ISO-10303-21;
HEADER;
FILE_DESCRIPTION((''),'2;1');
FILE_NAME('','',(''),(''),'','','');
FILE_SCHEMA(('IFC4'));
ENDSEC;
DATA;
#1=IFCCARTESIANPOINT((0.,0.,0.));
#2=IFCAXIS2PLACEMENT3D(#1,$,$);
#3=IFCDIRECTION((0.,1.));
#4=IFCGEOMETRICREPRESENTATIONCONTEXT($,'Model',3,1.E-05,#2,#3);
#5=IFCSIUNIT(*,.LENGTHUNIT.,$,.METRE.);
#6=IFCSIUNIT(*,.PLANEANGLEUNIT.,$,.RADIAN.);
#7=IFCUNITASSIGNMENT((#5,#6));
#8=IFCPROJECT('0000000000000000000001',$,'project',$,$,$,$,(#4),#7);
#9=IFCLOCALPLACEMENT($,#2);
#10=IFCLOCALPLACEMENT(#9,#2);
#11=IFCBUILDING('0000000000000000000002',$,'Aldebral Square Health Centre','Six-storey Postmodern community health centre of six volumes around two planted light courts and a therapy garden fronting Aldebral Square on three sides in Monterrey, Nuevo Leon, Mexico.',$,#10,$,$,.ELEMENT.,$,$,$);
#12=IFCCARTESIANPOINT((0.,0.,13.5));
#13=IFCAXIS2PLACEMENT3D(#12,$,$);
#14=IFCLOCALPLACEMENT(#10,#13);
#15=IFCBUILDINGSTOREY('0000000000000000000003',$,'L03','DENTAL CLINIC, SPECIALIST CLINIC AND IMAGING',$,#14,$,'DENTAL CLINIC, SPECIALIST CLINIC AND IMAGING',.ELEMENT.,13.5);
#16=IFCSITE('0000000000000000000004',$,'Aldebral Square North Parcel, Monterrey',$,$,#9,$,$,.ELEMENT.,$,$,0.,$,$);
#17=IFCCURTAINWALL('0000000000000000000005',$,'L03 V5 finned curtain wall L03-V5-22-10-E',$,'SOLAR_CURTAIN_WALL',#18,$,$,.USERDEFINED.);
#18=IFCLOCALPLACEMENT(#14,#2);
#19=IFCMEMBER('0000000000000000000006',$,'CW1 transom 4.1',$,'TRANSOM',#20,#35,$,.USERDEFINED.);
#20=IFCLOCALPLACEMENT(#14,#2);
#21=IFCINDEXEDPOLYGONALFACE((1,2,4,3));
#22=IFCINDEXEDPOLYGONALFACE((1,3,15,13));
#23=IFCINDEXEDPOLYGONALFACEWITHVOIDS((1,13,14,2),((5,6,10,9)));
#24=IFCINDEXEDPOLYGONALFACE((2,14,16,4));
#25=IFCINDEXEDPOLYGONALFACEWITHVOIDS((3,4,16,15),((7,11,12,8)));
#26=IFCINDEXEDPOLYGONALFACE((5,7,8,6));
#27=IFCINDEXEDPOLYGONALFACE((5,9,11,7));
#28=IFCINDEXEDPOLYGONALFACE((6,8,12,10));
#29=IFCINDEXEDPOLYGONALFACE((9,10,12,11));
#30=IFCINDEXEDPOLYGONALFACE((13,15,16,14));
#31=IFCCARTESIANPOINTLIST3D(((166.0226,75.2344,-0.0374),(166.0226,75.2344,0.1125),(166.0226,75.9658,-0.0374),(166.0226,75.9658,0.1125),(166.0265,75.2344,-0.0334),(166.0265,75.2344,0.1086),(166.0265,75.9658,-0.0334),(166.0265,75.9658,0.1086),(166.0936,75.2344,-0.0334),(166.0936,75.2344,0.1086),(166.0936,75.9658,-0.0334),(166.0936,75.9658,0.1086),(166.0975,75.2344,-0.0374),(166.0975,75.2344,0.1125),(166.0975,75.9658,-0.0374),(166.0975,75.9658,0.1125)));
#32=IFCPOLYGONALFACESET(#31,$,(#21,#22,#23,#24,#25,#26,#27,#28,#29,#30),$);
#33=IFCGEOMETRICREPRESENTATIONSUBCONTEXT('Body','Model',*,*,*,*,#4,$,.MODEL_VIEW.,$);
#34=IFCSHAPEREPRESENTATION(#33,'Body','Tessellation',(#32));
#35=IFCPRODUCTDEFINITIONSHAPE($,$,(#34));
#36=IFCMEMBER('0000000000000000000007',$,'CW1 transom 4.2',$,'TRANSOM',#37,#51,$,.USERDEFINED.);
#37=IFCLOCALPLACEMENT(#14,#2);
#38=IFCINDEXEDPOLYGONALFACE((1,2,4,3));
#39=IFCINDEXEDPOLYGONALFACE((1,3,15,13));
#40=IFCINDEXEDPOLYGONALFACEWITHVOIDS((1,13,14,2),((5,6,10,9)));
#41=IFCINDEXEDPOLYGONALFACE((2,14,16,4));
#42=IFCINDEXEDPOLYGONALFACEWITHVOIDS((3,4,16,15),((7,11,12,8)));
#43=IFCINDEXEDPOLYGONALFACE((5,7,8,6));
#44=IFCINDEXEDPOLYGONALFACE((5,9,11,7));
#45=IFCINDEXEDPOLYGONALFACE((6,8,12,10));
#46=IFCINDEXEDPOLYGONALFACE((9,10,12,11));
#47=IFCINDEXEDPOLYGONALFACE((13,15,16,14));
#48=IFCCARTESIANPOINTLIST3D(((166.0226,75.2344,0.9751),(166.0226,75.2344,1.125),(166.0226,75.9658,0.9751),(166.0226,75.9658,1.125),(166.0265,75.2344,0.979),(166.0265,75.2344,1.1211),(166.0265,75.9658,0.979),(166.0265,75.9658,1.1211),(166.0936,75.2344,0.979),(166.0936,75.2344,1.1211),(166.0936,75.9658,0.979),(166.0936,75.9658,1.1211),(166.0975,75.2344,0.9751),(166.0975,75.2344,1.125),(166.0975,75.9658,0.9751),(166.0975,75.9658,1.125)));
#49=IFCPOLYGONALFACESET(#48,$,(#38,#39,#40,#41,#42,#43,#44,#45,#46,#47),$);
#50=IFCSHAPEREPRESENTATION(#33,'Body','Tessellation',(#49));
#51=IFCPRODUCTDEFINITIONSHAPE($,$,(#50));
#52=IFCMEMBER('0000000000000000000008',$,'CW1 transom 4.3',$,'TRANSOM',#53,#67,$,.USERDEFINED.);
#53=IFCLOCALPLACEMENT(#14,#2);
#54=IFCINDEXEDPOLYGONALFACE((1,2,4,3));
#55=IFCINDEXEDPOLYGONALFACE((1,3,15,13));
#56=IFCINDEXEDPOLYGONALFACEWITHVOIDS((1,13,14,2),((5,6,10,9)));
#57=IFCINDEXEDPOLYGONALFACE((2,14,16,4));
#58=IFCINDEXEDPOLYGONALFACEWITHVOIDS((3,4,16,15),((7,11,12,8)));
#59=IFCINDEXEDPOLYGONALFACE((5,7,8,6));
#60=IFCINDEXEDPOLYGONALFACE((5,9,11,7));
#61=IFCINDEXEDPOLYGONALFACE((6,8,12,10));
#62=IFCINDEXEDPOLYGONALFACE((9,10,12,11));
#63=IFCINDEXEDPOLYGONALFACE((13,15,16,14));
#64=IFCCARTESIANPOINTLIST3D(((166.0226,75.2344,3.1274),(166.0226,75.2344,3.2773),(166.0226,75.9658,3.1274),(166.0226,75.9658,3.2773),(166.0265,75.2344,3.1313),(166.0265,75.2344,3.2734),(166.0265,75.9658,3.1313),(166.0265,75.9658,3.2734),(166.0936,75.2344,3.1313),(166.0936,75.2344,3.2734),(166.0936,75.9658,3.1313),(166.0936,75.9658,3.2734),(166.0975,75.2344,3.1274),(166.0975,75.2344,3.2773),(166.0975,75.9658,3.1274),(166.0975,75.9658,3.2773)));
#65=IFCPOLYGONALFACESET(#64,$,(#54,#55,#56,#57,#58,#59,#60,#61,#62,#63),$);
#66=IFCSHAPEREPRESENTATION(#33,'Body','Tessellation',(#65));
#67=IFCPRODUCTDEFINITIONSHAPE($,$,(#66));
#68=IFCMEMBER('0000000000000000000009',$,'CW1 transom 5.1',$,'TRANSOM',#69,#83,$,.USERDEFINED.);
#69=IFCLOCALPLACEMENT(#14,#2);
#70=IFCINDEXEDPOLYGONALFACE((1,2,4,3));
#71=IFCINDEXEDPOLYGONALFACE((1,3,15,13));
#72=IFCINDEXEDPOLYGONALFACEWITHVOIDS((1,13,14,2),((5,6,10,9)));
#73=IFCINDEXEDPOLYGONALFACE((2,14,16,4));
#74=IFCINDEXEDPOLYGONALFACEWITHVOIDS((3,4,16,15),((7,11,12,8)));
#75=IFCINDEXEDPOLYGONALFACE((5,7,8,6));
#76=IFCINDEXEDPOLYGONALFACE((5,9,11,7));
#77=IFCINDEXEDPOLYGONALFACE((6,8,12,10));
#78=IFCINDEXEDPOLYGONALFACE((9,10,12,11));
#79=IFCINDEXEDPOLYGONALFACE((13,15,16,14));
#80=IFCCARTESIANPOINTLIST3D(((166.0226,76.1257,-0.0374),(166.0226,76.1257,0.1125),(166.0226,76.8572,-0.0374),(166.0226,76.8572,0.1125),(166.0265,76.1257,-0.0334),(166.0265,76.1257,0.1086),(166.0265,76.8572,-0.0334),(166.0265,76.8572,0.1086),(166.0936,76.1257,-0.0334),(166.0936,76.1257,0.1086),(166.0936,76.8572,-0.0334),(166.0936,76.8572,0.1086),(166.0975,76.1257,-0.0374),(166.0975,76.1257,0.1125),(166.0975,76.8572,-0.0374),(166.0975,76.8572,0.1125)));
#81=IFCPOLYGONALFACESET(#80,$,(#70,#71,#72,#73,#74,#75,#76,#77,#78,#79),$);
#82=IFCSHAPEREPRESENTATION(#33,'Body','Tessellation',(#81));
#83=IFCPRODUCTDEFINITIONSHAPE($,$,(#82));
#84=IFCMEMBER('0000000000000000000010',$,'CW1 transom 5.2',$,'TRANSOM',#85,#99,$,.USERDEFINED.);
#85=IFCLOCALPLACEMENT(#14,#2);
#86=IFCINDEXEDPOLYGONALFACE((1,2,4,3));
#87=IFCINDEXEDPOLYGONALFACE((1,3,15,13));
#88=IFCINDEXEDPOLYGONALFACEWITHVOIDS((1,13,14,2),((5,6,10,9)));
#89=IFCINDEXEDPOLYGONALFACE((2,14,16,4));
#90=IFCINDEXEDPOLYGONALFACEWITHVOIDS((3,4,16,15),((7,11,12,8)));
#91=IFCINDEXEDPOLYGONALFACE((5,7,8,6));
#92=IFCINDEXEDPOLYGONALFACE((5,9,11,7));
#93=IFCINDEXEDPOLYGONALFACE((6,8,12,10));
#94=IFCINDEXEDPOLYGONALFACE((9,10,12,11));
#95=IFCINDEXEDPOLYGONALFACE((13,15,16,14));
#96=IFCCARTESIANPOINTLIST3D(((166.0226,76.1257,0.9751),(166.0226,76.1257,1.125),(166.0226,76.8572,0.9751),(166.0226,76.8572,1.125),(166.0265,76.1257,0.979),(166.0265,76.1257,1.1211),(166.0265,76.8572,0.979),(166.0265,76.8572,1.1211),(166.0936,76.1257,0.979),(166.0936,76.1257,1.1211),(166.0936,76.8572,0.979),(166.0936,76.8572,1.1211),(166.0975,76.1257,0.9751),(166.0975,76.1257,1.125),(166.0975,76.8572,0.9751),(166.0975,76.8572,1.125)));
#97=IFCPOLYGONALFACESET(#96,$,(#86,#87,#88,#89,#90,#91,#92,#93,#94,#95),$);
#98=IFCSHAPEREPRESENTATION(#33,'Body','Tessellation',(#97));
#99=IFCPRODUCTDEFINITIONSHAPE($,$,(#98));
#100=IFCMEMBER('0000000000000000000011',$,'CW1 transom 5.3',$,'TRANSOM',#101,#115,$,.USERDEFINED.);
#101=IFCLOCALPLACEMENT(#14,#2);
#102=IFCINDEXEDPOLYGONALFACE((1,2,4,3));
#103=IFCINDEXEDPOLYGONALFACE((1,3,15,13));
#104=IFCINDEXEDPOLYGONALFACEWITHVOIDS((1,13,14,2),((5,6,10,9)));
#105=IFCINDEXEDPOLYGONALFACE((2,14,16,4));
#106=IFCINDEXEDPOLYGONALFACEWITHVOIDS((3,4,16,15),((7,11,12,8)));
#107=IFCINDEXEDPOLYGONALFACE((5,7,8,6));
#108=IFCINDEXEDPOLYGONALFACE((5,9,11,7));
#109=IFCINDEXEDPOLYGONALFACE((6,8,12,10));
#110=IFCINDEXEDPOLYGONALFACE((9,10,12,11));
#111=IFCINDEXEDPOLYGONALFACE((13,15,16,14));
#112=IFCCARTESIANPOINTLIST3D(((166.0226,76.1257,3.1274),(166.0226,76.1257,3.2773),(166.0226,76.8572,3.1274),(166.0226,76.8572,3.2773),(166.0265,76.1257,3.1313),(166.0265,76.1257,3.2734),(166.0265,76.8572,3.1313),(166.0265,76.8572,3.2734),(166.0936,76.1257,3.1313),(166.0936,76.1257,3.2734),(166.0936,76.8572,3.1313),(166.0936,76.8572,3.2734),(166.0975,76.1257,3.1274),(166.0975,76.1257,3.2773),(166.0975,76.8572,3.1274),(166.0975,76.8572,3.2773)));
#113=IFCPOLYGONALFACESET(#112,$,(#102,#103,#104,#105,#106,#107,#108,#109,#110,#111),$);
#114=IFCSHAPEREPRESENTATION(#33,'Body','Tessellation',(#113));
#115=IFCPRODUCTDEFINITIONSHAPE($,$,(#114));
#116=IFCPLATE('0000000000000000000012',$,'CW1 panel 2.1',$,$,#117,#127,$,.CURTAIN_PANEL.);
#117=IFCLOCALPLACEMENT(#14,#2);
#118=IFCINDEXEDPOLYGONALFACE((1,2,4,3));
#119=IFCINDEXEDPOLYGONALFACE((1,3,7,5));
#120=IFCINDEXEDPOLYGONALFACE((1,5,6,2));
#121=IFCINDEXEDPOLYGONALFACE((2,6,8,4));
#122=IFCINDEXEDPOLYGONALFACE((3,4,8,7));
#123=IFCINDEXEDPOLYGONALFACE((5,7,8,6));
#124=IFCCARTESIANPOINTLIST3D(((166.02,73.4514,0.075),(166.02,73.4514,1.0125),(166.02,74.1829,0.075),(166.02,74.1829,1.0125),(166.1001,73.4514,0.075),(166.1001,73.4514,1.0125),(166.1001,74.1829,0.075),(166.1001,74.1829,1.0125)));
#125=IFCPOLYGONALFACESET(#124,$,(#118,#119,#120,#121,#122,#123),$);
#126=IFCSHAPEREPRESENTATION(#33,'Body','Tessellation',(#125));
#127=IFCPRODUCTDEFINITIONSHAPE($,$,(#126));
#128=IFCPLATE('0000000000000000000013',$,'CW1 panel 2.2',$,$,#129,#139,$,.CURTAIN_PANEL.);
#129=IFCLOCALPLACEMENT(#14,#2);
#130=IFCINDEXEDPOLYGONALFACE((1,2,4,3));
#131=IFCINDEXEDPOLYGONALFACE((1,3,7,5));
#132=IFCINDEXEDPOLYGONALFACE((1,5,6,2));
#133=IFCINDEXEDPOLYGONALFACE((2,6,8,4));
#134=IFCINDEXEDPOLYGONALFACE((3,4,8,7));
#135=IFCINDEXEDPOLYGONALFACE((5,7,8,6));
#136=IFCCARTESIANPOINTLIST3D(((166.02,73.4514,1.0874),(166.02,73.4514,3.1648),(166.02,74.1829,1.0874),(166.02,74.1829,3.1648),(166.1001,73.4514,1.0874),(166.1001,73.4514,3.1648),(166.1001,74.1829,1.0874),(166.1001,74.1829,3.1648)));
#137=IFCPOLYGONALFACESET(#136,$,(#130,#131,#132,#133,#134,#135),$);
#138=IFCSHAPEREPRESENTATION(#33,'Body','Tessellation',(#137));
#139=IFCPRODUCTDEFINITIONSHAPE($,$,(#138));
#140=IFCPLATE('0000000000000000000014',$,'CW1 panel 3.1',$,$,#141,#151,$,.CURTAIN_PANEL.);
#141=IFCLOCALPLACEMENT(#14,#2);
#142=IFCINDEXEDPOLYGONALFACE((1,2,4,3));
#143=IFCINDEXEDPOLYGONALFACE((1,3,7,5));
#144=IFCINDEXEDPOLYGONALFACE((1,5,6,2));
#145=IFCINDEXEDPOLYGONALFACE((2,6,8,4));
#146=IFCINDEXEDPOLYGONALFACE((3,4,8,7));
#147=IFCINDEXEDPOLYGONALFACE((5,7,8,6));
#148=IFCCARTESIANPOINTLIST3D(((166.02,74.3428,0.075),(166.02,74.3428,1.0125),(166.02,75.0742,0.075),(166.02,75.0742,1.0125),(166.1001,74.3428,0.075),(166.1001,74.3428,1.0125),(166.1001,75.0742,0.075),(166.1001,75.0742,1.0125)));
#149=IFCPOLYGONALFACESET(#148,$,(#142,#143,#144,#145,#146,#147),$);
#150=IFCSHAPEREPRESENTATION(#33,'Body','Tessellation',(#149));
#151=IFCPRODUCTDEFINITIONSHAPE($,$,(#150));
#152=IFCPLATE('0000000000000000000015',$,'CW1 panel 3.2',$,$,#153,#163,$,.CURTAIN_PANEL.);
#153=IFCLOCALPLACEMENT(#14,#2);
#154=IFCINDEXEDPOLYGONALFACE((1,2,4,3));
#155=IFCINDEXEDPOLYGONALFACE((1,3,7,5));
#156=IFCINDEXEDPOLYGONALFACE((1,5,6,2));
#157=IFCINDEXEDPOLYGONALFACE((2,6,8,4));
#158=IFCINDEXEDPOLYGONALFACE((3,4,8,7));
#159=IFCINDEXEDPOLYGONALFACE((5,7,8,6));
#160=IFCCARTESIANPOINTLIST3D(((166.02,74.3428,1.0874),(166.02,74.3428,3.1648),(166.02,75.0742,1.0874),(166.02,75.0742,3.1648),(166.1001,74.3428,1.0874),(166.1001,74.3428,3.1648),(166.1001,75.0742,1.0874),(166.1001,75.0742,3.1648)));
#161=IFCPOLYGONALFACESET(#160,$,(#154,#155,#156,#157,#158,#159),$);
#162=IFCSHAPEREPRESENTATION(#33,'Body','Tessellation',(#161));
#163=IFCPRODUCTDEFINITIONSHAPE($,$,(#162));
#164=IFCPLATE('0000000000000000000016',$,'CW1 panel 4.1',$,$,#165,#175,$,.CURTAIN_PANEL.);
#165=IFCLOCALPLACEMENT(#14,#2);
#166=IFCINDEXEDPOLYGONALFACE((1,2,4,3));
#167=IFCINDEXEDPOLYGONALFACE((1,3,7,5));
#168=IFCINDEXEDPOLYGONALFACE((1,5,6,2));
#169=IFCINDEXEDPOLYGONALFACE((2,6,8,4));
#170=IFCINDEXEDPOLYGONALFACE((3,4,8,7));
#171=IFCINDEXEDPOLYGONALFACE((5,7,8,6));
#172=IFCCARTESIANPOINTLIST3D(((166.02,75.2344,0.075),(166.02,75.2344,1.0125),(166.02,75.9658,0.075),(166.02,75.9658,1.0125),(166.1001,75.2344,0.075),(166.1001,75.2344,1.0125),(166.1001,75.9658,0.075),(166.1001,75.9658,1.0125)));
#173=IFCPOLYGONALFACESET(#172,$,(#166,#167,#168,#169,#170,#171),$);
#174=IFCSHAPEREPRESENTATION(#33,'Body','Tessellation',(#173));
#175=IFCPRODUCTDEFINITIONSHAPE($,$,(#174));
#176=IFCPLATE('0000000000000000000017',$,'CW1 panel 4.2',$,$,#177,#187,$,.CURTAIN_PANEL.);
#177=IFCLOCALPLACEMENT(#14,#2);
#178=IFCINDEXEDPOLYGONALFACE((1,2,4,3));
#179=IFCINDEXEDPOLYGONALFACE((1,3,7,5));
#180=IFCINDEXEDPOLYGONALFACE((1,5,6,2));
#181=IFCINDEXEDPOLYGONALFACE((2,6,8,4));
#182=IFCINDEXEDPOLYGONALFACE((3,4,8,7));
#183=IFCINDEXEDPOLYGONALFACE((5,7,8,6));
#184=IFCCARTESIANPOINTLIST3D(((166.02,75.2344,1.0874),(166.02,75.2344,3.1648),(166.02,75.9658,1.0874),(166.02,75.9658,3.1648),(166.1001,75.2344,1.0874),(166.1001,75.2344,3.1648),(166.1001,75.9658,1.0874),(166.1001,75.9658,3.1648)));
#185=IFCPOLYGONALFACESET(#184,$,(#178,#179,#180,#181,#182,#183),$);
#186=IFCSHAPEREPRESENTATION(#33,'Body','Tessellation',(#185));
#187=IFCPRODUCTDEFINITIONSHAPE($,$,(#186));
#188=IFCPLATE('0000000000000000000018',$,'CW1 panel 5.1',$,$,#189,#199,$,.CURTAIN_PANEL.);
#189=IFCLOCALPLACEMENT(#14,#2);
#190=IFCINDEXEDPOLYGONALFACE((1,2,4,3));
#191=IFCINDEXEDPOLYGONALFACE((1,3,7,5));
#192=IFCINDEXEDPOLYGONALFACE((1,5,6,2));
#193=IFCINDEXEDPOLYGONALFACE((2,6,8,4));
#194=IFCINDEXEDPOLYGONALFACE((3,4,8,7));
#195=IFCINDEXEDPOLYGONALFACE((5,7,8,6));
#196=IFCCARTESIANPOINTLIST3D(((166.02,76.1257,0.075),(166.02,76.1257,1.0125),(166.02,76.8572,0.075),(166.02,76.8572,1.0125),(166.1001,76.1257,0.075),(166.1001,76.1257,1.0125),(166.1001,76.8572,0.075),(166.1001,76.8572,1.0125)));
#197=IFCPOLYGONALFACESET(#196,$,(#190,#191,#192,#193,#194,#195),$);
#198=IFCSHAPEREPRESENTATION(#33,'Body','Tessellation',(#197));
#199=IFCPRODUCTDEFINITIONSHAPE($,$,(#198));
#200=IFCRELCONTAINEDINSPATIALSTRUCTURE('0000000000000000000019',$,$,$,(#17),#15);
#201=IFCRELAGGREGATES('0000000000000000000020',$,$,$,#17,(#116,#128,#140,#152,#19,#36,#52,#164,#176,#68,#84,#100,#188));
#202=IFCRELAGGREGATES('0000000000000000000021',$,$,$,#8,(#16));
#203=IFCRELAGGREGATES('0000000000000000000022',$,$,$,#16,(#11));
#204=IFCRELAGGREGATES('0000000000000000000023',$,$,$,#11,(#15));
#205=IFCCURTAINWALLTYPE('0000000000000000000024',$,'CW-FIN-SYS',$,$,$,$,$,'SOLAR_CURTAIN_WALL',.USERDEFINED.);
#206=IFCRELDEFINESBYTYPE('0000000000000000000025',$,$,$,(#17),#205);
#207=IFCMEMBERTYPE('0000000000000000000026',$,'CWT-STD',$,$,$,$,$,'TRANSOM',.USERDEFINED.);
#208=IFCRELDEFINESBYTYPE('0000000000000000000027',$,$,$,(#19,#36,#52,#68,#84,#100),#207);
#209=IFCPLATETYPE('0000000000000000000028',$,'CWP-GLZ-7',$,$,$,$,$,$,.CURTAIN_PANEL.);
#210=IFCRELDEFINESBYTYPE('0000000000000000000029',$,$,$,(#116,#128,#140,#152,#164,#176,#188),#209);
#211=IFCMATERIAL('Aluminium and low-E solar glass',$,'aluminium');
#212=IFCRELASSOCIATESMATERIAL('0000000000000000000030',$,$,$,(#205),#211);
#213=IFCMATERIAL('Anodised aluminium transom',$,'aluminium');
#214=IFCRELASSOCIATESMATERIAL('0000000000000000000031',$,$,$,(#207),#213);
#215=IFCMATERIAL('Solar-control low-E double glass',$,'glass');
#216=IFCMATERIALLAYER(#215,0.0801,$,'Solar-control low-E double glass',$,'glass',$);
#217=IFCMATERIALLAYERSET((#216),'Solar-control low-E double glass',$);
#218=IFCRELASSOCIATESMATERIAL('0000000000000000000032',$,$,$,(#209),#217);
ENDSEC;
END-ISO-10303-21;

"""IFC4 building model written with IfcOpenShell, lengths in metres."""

from ifc_helpers import new_model, si_unit, direction, frame, origin, origin_2d, place, context, subcontext, project, spatial, rectangle, hollow_rectangle, extrude, material, layer, layer_set, material_profile, profile_set, type_object, element, aggregate, save


model = new_model("IFC4")

# Units and contexts
model_context = context("Model", 3, precision=1e-05, world=origin(), true_north=direction((0.0, 1.0)))
body_context = subcontext(model_context, "Body", "Model", "MODEL_VIEW")
ifc_project = project(units=[si_unit("LENGTHUNIT", "METRE"), si_unit("PLANEANGLEUNIT", "RADIAN")], contexts=[model_context])

# Site, building, storey
site_placement = place(None, origin())
site = spatial("IfcSite", under=ifc_project, at=site_placement, Name="Aldebral Square North Parcel, Monterrey", CompositionType="ELEMENT", RefElevation=0.0)
building_placement = place(site_placement, origin())
building = spatial("IfcBuilding", under=site, at=building_placement, Name="Aldebral Square Health Centre", Description="Six-storey Postmodern community health centre of six volumes around two planted light courts and a therapy garden fronting Aldebral Square on three sides in Monterrey, Nuevo Leon, Mexico.", CompositionType="ELEMENT")
storey_placement = place(building_placement, frame((0.0, 0.0, 13.5)))
storey = spatial("IfcBuildingStorey", under=building, at=storey_placement, Name="L03", Description="DENTAL CLINIC, SPECIALIST CLINIC AND IMAGING", LongName="DENTAL CLINIC, SPECIALIST CLINIC AND IMAGING", CompositionType="ELEMENT", Elevation=13.5)

# Curtain wall, members, plates
ifc_material_1 = material(Name="Aluminium and low-E solar glass", Category="aluminium")
curtain_wall_type = type_object("IfcCurtainWallType", Name="CW-FIN-SYS", ElementType="SOLAR_CURTAIN_WALL", PredefinedType="USERDEFINED", material=ifc_material_1)
curtain_wall_placement = place(storey_placement, origin())
curtain_wall = element("IfcCurtainWall", 1, at=curtain_wall_placement, inside=storey, type_object=curtain_wall_type, Name="L03 V5 finned curtain wall L03-V5-22-10-E", ObjectType="SOLAR_CURTAIN_WALL", PredefinedType="USERDEFINED")
ifc_material_2 = material(Name="Anodised aluminium transom", Category="aluminium")
ifc_material_profile_1 = material_profile(ifc_material_2, hollow_rectangle(XDim=0.075, YDim=0.1499, WallThickness=0.0039, at=origin_2d()), Name="CWT 75x150x4")
ifc_profile_set_1 = profile_set([ifc_material_profile_1], Name="Anodised aluminium transom")
member_type_1 = type_object("IfcMemberType", Name="CWT-STD", ElementType="TRANSOM", PredefinedType="USERDEFINED", material=ifc_profile_set_1)
member_1_placement = place(storey_placement, frame((166.0601, 75.2344, 0.0376), z_axis=(0.0, 1.0, 0.0), x_axis=(-1.0, 0.0, 0.0)))
member_1 = element("IfcMember", 2, at=member_1_placement, type_object=member_type_1, Name="CW1 transom 4.1", ObjectType="TRANSOM", PredefinedType="USERDEFINED", context=body_context, shape_type="SweptSolid", body=[
    extrude(hollow_rectangle(XDim=0.075, YDim=0.1499, WallThickness=0.0039, at=origin_2d()), origin(), (0.0, 0.0, 1.0), 0.7314),
])
member_2_placement = place(storey_placement, frame((166.0601, 75.2344, 1.05), z_axis=(0.0, 1.0, 0.0), x_axis=(-1.0, 0.0, 0.0)))
member_2 = element("IfcMember", 3, at=member_2_placement, type_object=member_type_1, Name="CW1 transom 4.2", ObjectType="TRANSOM", PredefinedType="USERDEFINED", context=body_context, shape_type="SweptSolid", body=[
    extrude(hollow_rectangle(XDim=0.075, YDim=0.1499, WallThickness=0.0039, at=origin_2d()), origin(), (0.0, 0.0, 1.0), 0.7314),
])
member_3_placement = place(storey_placement, frame((166.0601, 75.2344, 3.2024), z_axis=(0.0, 1.0, 0.0), x_axis=(-1.0, 0.0, 0.0)))
member_3 = element("IfcMember", 4, at=member_3_placement, type_object=member_type_1, Name="CW1 transom 4.3", ObjectType="TRANSOM", PredefinedType="USERDEFINED", context=body_context, shape_type="SweptSolid", body=[
    extrude(hollow_rectangle(XDim=0.075, YDim=0.1499, WallThickness=0.0039, at=origin_2d()), origin(), (0.0, 0.0, 1.0), 0.7314),
])
member_4_placement = place(storey_placement, frame((166.0601, 76.1257, 0.0376), z_axis=(0.0, 1.0, 0.0), x_axis=(-1.0, 0.0, 0.0)))
member_4 = element("IfcMember", 5, at=member_4_placement, type_object=member_type_1, Name="CW1 transom 5.1", ObjectType="TRANSOM", PredefinedType="USERDEFINED", context=body_context, shape_type="SweptSolid", body=[
    extrude(hollow_rectangle(XDim=0.075, YDim=0.1499, WallThickness=0.0039, at=origin_2d()), origin(), (0.0, 0.0, 1.0), 0.7314),
])
member_5_placement = place(storey_placement, frame((166.0601, 76.1257, 1.05), z_axis=(0.0, 1.0, 0.0), x_axis=(-1.0, 0.0, 0.0)))
member_5 = element("IfcMember", 6, at=member_5_placement, type_object=member_type_1, Name="CW1 transom 5.2", ObjectType="TRANSOM", PredefinedType="USERDEFINED", context=body_context, shape_type="SweptSolid", body=[
    extrude(hollow_rectangle(XDim=0.075, YDim=0.1499, WallThickness=0.0039, at=origin_2d()), origin(), (0.0, 0.0, 1.0), 0.7314),
])
member_6_placement = place(storey_placement, frame((166.0601, 76.1257, 3.2024), z_axis=(0.0, 1.0, 0.0), x_axis=(-1.0, 0.0, 0.0)))
member_6 = element("IfcMember", 7, at=member_6_placement, type_object=member_type_1, Name="CW1 transom 5.3", ObjectType="TRANSOM", PredefinedType="USERDEFINED", context=body_context, shape_type="SweptSolid", body=[
    extrude(hollow_rectangle(XDim=0.075, YDim=0.1499, WallThickness=0.0039, at=origin_2d()), origin(), (0.0, 0.0, 1.0), 0.7314),
])
ifc_material_3 = material(Name="Solar-control low-E double glass", Category="glass")
ifc_layer = layer(ifc_material_3, 0.0801, Name="Solar-control low-E double glass", Category="glass")
ifc_layer_set = layer_set([ifc_layer], Name="Solar-control low-E double glass")
plate_type = type_object("IfcPlateType", Name="CWP-GLZ-7", PredefinedType="CURTAIN_PANEL", material=ifc_layer_set)
plate_1_placement = place(storey_placement, frame((166.0601, 73.8171, 0.075), z_axis=(0.0, 0.0, 1.0), x_axis=(0.0, 1.0, 0.0)))
plate_1 = element("IfcPlate", 8, at=plate_1_placement, type_object=plate_type, Name="CW1 panel 2.1", PredefinedType="CURTAIN_PANEL", context=body_context, shape_type="SweptSolid", body=[
    extrude(rectangle(XDim=0.7314, YDim=0.0801, at=origin_2d()), origin(), (0.0, 0.0, 1.0), 0.9375),
])
plate_2_placement = place(storey_placement, frame((166.0601, 73.8171, 1.0874), z_axis=(0.0, 0.0, 1.0), x_axis=(0.0, 1.0, 0.0)))
plate_2 = element("IfcPlate", 9, at=plate_2_placement, type_object=plate_type, Name="CW1 panel 2.2", PredefinedType="CURTAIN_PANEL", context=body_context, shape_type="SweptSolid", body=[
    extrude(rectangle(XDim=0.7314, YDim=0.0801, at=origin_2d()), origin(), (0.0, 0.0, 1.0), 2.0774),
])
plate_3_placement = place(storey_placement, frame((166.0601, 74.7085, 0.075), z_axis=(0.0, 0.0, 1.0), x_axis=(0.0, 1.0, 0.0)))
plate_3 = element("IfcPlate", 10, at=plate_3_placement, type_object=plate_type, Name="CW1 panel 3.1", PredefinedType="CURTAIN_PANEL", context=body_context, shape_type="SweptSolid", body=[
    extrude(rectangle(XDim=0.7314, YDim=0.0801, at=origin_2d()), origin(), (0.0, 0.0, 1.0), 0.9375),
])
plate_4_placement = place(storey_placement, frame((166.0601, 74.7085, 1.0874), z_axis=(0.0, 0.0, 1.0), x_axis=(0.0, 1.0, 0.0)))
plate_4 = element("IfcPlate", 11, at=plate_4_placement, type_object=plate_type, Name="CW1 panel 3.2", PredefinedType="CURTAIN_PANEL", context=body_context, shape_type="SweptSolid", body=[
    extrude(rectangle(XDim=0.7314, YDim=0.0801, at=origin_2d()), origin(), (0.0, 0.0, 1.0), 2.0774),
])
plate_5_placement = place(storey_placement, frame((166.0601, 75.6001, 0.075), z_axis=(0.0, 0.0, 1.0), x_axis=(0.0, 1.0, 0.0)))
plate_5 = element("IfcPlate", 12, at=plate_5_placement, type_object=plate_type, Name="CW1 panel 4.1", PredefinedType="CURTAIN_PANEL", context=body_context, shape_type="SweptSolid", body=[
    extrude(rectangle(XDim=0.7314, YDim=0.0801, at=origin_2d()), origin(), (0.0, 0.0, 1.0), 0.9375),
])
plate_6_placement = place(storey_placement, frame((166.0601, 75.6001, 1.0874), z_axis=(0.0, 0.0, 1.0), x_axis=(0.0, 1.0, 0.0)))
plate_6 = element("IfcPlate", 13, at=plate_6_placement, type_object=plate_type, Name="CW1 panel 4.2", PredefinedType="CURTAIN_PANEL", context=body_context, shape_type="SweptSolid", body=[
    extrude(rectangle(XDim=0.7314, YDim=0.0801, at=origin_2d()), origin(), (0.0, 0.0, 1.0), 2.0774),
])
plate_7_placement = place(storey_placement, frame((166.0601, 76.4915, 0.075), z_axis=(0.0, 0.0, 1.0), x_axis=(0.0, 1.0, 0.0)))
plate_7 = element("IfcPlate", 14, at=plate_7_placement, type_object=plate_type, Name="CW1 panel 5.1", PredefinedType="CURTAIN_PANEL", context=body_context, shape_type="SweptSolid", body=[
    extrude(rectangle(XDim=0.7314, YDim=0.0801, at=origin_2d()), origin(), (0.0, 0.0, 1.0), 0.9375),
])
aggregate(curtain_wall, [plate_1, plate_2, plate_3, plate_4, member_1, member_2, member_3, plate_5, plate_6, member_4, member_5, member_6, plate_7])

save(model, "model.ifc")
